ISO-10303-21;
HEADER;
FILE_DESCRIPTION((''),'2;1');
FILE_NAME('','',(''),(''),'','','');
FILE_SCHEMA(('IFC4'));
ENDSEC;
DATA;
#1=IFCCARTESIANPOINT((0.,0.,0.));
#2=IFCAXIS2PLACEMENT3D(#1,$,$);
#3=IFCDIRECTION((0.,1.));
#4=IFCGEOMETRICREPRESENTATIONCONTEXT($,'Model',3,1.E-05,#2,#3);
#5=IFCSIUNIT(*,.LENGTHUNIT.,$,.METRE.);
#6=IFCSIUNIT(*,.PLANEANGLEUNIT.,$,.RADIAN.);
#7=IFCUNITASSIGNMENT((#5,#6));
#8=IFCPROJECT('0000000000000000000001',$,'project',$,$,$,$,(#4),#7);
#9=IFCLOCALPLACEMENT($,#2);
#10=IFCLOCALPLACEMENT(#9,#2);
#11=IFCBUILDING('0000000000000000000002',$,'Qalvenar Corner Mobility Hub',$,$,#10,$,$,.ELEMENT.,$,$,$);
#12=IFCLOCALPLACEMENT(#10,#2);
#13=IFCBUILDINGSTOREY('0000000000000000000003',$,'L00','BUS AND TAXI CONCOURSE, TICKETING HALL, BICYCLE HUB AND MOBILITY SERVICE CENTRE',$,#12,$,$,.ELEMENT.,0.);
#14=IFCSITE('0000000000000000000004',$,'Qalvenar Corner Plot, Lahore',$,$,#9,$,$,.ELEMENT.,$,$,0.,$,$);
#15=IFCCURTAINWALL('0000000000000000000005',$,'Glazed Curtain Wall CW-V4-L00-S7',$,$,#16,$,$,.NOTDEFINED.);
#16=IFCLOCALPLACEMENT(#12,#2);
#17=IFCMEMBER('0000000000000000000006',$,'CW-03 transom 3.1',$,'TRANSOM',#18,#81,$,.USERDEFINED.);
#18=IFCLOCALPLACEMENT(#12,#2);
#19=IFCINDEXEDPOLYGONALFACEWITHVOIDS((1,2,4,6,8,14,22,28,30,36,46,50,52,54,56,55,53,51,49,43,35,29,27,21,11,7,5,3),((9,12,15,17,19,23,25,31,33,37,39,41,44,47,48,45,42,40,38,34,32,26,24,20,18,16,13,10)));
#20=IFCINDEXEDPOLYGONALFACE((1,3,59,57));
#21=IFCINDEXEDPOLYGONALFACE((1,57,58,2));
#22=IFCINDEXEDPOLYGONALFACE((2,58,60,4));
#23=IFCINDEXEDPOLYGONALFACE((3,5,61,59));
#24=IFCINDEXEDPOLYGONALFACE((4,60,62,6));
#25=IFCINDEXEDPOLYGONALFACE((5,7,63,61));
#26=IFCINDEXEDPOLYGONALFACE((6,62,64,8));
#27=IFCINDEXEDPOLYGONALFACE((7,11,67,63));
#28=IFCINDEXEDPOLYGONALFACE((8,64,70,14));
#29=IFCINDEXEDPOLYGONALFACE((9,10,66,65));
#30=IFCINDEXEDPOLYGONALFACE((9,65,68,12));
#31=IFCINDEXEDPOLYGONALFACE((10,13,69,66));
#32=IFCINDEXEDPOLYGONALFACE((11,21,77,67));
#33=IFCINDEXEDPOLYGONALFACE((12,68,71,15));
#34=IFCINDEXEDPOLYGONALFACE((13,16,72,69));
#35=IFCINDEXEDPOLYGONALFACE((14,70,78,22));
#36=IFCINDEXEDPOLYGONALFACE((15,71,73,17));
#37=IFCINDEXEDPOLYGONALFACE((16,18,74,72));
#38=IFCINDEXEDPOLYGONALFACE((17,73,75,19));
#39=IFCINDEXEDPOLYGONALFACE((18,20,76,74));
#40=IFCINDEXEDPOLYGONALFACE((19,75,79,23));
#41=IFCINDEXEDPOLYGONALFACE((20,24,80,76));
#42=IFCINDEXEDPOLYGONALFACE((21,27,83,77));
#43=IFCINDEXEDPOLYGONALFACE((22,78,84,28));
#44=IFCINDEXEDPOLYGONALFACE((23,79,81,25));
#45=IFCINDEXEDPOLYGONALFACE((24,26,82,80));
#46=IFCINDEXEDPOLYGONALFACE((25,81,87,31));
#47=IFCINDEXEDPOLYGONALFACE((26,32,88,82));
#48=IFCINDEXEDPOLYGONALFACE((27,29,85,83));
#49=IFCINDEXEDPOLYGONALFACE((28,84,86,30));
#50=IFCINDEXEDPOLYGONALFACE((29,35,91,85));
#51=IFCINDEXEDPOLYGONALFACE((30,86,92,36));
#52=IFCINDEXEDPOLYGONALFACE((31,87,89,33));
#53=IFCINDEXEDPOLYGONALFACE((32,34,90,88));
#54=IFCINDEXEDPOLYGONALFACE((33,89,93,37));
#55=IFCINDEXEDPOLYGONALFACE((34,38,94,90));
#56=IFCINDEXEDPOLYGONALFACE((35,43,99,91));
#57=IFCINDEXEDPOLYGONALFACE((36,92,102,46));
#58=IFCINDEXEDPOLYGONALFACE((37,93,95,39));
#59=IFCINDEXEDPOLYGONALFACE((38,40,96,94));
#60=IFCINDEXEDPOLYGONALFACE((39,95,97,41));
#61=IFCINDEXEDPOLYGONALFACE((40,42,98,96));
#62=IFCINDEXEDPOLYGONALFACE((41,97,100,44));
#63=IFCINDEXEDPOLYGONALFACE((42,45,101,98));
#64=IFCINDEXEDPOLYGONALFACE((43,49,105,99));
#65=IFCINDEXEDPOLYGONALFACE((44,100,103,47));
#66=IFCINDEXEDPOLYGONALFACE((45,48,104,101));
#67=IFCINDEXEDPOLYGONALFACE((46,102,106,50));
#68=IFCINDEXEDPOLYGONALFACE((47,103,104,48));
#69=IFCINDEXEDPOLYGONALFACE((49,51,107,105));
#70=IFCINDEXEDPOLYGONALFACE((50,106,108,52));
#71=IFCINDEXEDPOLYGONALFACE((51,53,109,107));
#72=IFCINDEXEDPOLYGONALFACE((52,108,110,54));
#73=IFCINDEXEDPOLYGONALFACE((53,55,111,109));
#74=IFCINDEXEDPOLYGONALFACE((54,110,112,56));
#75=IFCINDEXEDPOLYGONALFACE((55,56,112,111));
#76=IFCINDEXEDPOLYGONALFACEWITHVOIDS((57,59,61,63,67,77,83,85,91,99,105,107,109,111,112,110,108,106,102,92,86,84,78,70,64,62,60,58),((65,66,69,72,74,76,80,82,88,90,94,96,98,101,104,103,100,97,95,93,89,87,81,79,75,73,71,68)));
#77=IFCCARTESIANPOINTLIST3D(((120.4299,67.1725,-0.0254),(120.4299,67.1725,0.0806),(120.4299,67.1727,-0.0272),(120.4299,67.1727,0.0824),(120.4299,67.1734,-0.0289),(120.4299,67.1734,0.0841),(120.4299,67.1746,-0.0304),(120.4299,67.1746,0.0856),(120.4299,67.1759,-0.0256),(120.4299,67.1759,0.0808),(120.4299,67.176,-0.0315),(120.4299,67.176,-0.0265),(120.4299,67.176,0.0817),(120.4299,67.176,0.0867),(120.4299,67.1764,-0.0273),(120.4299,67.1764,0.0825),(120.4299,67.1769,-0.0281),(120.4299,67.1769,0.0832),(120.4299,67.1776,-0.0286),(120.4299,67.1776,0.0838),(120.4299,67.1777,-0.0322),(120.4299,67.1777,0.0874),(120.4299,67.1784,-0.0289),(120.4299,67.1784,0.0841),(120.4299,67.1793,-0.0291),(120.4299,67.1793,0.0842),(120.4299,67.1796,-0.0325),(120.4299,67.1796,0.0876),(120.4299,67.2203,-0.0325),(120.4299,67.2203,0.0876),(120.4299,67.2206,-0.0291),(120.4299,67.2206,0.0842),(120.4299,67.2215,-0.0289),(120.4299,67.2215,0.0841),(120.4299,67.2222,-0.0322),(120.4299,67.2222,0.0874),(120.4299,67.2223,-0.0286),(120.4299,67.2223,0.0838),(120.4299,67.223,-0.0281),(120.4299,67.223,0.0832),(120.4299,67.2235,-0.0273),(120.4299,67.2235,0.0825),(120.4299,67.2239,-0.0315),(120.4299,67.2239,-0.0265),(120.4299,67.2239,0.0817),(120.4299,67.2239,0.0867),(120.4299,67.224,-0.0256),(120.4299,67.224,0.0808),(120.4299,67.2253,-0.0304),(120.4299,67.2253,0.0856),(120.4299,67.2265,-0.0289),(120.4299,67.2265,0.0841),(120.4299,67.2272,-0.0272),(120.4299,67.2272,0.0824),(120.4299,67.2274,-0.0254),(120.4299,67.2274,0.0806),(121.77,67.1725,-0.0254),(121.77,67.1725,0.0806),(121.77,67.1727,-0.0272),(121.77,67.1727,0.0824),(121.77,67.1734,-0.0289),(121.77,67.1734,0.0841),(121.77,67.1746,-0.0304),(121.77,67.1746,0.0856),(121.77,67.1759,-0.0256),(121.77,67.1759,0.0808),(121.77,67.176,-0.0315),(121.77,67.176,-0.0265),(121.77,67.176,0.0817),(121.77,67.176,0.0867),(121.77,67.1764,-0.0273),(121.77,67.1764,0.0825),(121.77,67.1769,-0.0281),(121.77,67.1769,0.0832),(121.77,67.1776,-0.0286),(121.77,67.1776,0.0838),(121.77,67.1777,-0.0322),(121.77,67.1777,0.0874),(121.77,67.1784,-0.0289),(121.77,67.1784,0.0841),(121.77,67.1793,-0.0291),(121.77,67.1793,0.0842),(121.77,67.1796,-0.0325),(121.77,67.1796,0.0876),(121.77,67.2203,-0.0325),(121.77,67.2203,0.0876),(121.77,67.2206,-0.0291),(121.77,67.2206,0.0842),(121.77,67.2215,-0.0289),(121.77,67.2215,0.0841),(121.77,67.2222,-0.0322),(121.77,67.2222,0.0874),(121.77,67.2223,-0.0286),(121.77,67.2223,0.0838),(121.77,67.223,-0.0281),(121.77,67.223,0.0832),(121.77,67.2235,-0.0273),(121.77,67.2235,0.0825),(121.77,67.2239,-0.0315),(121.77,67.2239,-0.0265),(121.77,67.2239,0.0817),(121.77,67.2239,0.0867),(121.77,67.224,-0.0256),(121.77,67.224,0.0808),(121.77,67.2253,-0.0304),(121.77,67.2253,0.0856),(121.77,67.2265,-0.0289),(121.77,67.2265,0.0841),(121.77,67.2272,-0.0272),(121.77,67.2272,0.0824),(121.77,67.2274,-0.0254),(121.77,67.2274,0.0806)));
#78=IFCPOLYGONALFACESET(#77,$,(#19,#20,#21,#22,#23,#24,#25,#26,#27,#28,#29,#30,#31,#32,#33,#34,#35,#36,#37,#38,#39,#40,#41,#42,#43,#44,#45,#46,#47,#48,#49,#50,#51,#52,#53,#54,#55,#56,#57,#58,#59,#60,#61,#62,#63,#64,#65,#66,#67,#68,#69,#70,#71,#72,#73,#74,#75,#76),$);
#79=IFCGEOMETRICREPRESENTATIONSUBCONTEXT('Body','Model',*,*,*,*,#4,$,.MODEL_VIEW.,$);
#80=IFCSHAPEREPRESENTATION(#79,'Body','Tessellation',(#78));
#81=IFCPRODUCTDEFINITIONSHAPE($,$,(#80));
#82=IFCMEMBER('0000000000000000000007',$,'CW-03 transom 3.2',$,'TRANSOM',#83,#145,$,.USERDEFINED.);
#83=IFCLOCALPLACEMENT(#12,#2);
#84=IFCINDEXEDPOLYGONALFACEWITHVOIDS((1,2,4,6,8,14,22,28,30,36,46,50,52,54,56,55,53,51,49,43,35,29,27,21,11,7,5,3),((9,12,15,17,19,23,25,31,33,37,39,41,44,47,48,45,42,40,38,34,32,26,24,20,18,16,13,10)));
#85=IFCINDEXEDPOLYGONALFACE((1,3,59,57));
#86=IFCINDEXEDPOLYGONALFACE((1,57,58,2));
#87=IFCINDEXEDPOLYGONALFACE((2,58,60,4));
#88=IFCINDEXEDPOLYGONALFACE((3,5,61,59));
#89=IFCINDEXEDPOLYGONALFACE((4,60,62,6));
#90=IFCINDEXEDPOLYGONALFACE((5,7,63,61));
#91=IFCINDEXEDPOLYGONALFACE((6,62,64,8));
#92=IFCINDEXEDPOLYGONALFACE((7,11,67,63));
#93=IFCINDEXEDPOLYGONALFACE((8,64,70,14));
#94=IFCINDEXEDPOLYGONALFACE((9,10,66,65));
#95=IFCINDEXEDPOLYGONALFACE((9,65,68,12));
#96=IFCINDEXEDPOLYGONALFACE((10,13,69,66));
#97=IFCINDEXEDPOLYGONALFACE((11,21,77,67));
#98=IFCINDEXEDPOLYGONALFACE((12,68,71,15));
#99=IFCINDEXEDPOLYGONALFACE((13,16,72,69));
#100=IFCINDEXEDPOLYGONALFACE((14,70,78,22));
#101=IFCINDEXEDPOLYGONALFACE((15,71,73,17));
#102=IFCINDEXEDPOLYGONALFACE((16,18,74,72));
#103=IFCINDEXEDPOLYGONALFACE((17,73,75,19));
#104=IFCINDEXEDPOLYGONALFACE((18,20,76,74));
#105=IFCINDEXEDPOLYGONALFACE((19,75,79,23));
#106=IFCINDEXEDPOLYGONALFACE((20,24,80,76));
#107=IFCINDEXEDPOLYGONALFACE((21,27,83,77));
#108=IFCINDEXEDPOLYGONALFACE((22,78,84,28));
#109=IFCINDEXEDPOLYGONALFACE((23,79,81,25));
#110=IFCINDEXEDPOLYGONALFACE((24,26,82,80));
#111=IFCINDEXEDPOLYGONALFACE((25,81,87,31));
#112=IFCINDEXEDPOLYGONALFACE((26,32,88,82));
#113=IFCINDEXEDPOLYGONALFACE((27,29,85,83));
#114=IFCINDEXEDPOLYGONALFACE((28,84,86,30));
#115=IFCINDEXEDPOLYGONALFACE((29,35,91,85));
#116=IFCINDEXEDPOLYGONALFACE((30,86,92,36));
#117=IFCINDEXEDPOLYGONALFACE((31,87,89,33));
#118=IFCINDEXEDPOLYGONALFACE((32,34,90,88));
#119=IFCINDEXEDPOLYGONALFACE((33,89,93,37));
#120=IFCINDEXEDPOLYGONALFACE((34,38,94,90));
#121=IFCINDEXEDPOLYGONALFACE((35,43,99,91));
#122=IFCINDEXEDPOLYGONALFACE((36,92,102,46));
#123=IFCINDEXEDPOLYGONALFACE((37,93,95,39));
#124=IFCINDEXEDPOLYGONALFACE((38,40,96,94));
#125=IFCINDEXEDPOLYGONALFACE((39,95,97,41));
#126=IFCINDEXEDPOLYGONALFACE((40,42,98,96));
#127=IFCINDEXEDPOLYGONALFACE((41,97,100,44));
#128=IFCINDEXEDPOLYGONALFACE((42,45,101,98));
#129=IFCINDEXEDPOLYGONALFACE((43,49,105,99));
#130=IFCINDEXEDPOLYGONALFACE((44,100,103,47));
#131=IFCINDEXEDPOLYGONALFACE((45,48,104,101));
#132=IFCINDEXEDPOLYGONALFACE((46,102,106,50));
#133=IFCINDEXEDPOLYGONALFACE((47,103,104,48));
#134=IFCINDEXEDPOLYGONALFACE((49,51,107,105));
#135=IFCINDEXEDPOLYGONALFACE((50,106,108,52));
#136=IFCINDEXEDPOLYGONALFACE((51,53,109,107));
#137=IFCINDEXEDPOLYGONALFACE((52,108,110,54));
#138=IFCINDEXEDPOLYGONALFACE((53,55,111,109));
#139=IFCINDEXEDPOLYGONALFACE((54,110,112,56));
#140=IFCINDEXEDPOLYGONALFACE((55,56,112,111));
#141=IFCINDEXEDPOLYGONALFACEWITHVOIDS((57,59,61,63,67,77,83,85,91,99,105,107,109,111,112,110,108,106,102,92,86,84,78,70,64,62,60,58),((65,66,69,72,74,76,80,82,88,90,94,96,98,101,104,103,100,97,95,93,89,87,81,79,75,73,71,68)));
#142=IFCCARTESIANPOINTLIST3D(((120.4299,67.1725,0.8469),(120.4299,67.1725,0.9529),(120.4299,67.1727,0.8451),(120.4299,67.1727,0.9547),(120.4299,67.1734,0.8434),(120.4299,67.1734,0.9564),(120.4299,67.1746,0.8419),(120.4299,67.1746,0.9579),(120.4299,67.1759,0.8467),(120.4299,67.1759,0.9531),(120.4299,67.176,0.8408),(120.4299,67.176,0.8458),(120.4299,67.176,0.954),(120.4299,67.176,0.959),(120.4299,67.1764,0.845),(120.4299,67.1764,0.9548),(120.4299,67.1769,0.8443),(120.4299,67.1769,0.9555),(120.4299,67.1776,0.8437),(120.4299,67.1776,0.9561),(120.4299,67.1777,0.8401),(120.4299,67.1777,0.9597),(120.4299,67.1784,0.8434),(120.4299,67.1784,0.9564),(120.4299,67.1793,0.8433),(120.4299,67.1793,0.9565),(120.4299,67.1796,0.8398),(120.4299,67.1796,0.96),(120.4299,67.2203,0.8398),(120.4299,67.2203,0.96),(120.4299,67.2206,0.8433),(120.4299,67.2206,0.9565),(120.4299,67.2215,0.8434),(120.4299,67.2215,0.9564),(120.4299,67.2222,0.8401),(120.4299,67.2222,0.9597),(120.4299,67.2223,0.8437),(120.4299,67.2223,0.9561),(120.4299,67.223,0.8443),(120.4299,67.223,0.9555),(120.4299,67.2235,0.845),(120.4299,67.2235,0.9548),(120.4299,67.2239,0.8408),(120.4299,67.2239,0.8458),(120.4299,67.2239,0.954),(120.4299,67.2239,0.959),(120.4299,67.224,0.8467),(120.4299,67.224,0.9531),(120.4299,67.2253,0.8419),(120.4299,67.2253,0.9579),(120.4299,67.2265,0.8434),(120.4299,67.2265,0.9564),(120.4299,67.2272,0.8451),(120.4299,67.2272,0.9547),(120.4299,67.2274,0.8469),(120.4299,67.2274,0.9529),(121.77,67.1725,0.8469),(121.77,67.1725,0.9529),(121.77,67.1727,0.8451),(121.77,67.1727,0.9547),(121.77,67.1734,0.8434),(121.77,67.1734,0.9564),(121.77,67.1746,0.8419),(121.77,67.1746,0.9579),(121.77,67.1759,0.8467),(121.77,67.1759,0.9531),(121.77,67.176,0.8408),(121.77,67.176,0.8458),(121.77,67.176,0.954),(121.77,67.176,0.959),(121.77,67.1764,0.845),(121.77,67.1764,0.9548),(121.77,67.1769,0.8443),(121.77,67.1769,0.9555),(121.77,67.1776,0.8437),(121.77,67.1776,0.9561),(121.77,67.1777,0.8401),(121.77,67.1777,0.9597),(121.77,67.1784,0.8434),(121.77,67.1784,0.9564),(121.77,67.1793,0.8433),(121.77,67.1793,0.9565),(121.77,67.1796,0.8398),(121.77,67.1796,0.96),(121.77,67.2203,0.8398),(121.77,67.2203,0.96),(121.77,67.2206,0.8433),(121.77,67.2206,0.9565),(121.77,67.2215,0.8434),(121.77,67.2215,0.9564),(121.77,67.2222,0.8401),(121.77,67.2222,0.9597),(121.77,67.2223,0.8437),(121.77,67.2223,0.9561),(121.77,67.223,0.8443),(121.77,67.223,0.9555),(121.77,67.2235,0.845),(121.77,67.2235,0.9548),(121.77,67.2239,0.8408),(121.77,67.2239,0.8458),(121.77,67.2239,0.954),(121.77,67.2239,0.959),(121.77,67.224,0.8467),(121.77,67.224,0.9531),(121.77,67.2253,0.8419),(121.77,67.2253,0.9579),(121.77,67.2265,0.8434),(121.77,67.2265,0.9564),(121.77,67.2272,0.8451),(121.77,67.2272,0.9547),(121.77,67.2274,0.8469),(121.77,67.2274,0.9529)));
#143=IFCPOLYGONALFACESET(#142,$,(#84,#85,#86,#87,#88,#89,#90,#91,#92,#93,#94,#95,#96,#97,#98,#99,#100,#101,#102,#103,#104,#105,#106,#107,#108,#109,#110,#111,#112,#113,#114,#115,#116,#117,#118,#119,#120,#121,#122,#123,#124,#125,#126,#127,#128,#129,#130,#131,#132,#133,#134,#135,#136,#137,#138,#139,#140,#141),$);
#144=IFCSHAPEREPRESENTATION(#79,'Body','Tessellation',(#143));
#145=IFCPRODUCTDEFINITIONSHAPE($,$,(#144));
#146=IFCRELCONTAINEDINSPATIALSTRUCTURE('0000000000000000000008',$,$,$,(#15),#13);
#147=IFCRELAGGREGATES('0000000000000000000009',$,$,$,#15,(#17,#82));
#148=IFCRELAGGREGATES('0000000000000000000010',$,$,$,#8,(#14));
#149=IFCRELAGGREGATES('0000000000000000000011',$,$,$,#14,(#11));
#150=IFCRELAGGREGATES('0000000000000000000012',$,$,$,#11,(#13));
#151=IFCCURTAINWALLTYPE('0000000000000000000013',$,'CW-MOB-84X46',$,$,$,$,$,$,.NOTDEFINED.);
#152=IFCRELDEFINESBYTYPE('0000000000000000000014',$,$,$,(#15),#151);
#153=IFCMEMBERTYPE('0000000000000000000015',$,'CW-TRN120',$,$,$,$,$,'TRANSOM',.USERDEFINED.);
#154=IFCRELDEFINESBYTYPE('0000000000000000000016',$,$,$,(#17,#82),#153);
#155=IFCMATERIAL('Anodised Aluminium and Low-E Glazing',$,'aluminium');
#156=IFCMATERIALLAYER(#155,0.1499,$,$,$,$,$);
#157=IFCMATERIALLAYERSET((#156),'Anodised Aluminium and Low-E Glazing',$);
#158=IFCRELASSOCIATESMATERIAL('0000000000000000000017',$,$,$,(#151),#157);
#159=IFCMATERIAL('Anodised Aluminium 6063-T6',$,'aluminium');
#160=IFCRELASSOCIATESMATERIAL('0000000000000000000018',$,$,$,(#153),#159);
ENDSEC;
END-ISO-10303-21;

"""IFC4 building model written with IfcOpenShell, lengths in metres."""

from ifc_helpers import new_model, si_unit, direction, frame, origin, origin_2d, place, context, subcontext, project, spatial, hollow_rectangle, extrude, material, layer, layer_set, material_profile, profile_set, type_object, element, aggregate, save


model = new_model("IFC4")

# Units and contexts
model_context = context("Model", 3, precision=1e-05, world=origin(), true_north=direction((0.0, 1.0)))
body_context = subcontext(model_context, "Body", "Model", "MODEL_VIEW")
ifc_project = project(units=[si_unit("LENGTHUNIT", "METRE"), si_unit("PLANEANGLEUNIT", "RADIAN")], contexts=[model_context])

# Site, building, storey
site_placement = place(None, origin())
site = spatial("IfcSite", under=ifc_project, at=site_placement, Name="Qalvenar Corner Plot, Lahore", CompositionType="ELEMENT", RefElevation=0.0)
building_placement = place(site_placement, origin())
building = spatial("IfcBuilding", under=site, at=building_placement, Name="Qalvenar Corner Mobility Hub", CompositionType="ELEMENT")
storey_placement = place(building_placement, origin())
storey = spatial("IfcBuildingStorey", under=building, at=storey_placement, Name="L00", Description="BUS AND TAXI CONCOURSE, TICKETING HALL, BICYCLE HUB AND MOBILITY SERVICE CENTRE", CompositionType="ELEMENT", Elevation=0.0)

# Shared definitions
ifc_material_1 = material(Name="Anodised Aluminium and Low-E Glazing", Category="aluminium")
ifc_layer_1 = layer(ifc_material_1, 0.1499)
ifc_layer_set_1 = layer_set([ifc_layer_1], Name="Anodised Aluminium and Low-E Glazing")
curtain_wall_type = type_object("IfcCurtainWallType", Name="CW-MOB-84X46", PredefinedType="NOTDEFINED", material=ifc_layer_set_1)
ifc_material_2 = material(Name="Anodised Aluminium 6063-T6", Category="aluminium")

# Curtain wall, members
curtain_wall_1_placement = place(storey_placement, origin())
curtain_wall_1 = element("IfcCurtainWall", 1, at=curtain_wall_1_placement, inside=storey, type_object=curtain_wall_type, Name="Glazed Curtain Wall CW-V4-L00-S7", PredefinedType="NOTDEFINED")
ifc_material_profile_1 = material_profile(ifc_material_2, hollow_rectangle(XDim=0.0549, YDim=0.1201, WallThickness=0.0034, InnerFilletRadius=0.0034, OuterFilletRadius=0.0071, at=origin_2d()), Name="RHS120x55x3.5")
ifc_profile_set_1 = profile_set([ifc_material_profile_1], Name="Anodised Aluminium 6063-T6")
member_type_1 = type_object("IfcMemberType", Name="CW-TRN120", ElementType="TRANSOM", PredefinedType="USERDEFINED", material=ifc_profile_set_1)
member_1_placement = place(storey_placement, frame((120.4299, 67.2, 0.0276), z_axis=(1.0, 0.0, 0.0), x_axis=(0.0, 1.0, 0.0)))
member_1 = element("IfcMember", 2, at=member_1_placement, type_object=member_type_1, Name="CW-03 transom 3.1", ObjectType="TRANSOM", PredefinedType="USERDEFINED", context=body_context, shape_type="SweptSolid", body=[
    extrude(hollow_rectangle(XDim=0.0549, YDim=0.1201, WallThickness=0.0034, InnerFilletRadius=0.0034, OuterFilletRadius=0.0071, at=origin_2d()), origin(), (0.0, 0.0, 1.0), 1.3401),
])
member_2_placement = place(storey_placement, frame((120.4299, 67.2, 0.8999), z_axis=(1.0, 0.0, 0.0), x_axis=(0.0, 1.0, 0.0)))
member_2 = element("IfcMember", 3, at=member_2_placement, type_object=member_type_1, Name="CW-03 transom 3.2", ObjectType="TRANSOM", PredefinedType="USERDEFINED", context=body_context, shape_type="SweptSolid", body=[
    extrude(hollow_rectangle(XDim=0.0549, YDim=0.1201, WallThickness=0.0034, InnerFilletRadius=0.0034, OuterFilletRadius=0.0071, at=origin_2d()), origin(), (0.0, 0.0, 1.0), 1.3401),
])
aggregate(curtain_wall_1, [member_1, member_2])

save(model, "model.ifc")
